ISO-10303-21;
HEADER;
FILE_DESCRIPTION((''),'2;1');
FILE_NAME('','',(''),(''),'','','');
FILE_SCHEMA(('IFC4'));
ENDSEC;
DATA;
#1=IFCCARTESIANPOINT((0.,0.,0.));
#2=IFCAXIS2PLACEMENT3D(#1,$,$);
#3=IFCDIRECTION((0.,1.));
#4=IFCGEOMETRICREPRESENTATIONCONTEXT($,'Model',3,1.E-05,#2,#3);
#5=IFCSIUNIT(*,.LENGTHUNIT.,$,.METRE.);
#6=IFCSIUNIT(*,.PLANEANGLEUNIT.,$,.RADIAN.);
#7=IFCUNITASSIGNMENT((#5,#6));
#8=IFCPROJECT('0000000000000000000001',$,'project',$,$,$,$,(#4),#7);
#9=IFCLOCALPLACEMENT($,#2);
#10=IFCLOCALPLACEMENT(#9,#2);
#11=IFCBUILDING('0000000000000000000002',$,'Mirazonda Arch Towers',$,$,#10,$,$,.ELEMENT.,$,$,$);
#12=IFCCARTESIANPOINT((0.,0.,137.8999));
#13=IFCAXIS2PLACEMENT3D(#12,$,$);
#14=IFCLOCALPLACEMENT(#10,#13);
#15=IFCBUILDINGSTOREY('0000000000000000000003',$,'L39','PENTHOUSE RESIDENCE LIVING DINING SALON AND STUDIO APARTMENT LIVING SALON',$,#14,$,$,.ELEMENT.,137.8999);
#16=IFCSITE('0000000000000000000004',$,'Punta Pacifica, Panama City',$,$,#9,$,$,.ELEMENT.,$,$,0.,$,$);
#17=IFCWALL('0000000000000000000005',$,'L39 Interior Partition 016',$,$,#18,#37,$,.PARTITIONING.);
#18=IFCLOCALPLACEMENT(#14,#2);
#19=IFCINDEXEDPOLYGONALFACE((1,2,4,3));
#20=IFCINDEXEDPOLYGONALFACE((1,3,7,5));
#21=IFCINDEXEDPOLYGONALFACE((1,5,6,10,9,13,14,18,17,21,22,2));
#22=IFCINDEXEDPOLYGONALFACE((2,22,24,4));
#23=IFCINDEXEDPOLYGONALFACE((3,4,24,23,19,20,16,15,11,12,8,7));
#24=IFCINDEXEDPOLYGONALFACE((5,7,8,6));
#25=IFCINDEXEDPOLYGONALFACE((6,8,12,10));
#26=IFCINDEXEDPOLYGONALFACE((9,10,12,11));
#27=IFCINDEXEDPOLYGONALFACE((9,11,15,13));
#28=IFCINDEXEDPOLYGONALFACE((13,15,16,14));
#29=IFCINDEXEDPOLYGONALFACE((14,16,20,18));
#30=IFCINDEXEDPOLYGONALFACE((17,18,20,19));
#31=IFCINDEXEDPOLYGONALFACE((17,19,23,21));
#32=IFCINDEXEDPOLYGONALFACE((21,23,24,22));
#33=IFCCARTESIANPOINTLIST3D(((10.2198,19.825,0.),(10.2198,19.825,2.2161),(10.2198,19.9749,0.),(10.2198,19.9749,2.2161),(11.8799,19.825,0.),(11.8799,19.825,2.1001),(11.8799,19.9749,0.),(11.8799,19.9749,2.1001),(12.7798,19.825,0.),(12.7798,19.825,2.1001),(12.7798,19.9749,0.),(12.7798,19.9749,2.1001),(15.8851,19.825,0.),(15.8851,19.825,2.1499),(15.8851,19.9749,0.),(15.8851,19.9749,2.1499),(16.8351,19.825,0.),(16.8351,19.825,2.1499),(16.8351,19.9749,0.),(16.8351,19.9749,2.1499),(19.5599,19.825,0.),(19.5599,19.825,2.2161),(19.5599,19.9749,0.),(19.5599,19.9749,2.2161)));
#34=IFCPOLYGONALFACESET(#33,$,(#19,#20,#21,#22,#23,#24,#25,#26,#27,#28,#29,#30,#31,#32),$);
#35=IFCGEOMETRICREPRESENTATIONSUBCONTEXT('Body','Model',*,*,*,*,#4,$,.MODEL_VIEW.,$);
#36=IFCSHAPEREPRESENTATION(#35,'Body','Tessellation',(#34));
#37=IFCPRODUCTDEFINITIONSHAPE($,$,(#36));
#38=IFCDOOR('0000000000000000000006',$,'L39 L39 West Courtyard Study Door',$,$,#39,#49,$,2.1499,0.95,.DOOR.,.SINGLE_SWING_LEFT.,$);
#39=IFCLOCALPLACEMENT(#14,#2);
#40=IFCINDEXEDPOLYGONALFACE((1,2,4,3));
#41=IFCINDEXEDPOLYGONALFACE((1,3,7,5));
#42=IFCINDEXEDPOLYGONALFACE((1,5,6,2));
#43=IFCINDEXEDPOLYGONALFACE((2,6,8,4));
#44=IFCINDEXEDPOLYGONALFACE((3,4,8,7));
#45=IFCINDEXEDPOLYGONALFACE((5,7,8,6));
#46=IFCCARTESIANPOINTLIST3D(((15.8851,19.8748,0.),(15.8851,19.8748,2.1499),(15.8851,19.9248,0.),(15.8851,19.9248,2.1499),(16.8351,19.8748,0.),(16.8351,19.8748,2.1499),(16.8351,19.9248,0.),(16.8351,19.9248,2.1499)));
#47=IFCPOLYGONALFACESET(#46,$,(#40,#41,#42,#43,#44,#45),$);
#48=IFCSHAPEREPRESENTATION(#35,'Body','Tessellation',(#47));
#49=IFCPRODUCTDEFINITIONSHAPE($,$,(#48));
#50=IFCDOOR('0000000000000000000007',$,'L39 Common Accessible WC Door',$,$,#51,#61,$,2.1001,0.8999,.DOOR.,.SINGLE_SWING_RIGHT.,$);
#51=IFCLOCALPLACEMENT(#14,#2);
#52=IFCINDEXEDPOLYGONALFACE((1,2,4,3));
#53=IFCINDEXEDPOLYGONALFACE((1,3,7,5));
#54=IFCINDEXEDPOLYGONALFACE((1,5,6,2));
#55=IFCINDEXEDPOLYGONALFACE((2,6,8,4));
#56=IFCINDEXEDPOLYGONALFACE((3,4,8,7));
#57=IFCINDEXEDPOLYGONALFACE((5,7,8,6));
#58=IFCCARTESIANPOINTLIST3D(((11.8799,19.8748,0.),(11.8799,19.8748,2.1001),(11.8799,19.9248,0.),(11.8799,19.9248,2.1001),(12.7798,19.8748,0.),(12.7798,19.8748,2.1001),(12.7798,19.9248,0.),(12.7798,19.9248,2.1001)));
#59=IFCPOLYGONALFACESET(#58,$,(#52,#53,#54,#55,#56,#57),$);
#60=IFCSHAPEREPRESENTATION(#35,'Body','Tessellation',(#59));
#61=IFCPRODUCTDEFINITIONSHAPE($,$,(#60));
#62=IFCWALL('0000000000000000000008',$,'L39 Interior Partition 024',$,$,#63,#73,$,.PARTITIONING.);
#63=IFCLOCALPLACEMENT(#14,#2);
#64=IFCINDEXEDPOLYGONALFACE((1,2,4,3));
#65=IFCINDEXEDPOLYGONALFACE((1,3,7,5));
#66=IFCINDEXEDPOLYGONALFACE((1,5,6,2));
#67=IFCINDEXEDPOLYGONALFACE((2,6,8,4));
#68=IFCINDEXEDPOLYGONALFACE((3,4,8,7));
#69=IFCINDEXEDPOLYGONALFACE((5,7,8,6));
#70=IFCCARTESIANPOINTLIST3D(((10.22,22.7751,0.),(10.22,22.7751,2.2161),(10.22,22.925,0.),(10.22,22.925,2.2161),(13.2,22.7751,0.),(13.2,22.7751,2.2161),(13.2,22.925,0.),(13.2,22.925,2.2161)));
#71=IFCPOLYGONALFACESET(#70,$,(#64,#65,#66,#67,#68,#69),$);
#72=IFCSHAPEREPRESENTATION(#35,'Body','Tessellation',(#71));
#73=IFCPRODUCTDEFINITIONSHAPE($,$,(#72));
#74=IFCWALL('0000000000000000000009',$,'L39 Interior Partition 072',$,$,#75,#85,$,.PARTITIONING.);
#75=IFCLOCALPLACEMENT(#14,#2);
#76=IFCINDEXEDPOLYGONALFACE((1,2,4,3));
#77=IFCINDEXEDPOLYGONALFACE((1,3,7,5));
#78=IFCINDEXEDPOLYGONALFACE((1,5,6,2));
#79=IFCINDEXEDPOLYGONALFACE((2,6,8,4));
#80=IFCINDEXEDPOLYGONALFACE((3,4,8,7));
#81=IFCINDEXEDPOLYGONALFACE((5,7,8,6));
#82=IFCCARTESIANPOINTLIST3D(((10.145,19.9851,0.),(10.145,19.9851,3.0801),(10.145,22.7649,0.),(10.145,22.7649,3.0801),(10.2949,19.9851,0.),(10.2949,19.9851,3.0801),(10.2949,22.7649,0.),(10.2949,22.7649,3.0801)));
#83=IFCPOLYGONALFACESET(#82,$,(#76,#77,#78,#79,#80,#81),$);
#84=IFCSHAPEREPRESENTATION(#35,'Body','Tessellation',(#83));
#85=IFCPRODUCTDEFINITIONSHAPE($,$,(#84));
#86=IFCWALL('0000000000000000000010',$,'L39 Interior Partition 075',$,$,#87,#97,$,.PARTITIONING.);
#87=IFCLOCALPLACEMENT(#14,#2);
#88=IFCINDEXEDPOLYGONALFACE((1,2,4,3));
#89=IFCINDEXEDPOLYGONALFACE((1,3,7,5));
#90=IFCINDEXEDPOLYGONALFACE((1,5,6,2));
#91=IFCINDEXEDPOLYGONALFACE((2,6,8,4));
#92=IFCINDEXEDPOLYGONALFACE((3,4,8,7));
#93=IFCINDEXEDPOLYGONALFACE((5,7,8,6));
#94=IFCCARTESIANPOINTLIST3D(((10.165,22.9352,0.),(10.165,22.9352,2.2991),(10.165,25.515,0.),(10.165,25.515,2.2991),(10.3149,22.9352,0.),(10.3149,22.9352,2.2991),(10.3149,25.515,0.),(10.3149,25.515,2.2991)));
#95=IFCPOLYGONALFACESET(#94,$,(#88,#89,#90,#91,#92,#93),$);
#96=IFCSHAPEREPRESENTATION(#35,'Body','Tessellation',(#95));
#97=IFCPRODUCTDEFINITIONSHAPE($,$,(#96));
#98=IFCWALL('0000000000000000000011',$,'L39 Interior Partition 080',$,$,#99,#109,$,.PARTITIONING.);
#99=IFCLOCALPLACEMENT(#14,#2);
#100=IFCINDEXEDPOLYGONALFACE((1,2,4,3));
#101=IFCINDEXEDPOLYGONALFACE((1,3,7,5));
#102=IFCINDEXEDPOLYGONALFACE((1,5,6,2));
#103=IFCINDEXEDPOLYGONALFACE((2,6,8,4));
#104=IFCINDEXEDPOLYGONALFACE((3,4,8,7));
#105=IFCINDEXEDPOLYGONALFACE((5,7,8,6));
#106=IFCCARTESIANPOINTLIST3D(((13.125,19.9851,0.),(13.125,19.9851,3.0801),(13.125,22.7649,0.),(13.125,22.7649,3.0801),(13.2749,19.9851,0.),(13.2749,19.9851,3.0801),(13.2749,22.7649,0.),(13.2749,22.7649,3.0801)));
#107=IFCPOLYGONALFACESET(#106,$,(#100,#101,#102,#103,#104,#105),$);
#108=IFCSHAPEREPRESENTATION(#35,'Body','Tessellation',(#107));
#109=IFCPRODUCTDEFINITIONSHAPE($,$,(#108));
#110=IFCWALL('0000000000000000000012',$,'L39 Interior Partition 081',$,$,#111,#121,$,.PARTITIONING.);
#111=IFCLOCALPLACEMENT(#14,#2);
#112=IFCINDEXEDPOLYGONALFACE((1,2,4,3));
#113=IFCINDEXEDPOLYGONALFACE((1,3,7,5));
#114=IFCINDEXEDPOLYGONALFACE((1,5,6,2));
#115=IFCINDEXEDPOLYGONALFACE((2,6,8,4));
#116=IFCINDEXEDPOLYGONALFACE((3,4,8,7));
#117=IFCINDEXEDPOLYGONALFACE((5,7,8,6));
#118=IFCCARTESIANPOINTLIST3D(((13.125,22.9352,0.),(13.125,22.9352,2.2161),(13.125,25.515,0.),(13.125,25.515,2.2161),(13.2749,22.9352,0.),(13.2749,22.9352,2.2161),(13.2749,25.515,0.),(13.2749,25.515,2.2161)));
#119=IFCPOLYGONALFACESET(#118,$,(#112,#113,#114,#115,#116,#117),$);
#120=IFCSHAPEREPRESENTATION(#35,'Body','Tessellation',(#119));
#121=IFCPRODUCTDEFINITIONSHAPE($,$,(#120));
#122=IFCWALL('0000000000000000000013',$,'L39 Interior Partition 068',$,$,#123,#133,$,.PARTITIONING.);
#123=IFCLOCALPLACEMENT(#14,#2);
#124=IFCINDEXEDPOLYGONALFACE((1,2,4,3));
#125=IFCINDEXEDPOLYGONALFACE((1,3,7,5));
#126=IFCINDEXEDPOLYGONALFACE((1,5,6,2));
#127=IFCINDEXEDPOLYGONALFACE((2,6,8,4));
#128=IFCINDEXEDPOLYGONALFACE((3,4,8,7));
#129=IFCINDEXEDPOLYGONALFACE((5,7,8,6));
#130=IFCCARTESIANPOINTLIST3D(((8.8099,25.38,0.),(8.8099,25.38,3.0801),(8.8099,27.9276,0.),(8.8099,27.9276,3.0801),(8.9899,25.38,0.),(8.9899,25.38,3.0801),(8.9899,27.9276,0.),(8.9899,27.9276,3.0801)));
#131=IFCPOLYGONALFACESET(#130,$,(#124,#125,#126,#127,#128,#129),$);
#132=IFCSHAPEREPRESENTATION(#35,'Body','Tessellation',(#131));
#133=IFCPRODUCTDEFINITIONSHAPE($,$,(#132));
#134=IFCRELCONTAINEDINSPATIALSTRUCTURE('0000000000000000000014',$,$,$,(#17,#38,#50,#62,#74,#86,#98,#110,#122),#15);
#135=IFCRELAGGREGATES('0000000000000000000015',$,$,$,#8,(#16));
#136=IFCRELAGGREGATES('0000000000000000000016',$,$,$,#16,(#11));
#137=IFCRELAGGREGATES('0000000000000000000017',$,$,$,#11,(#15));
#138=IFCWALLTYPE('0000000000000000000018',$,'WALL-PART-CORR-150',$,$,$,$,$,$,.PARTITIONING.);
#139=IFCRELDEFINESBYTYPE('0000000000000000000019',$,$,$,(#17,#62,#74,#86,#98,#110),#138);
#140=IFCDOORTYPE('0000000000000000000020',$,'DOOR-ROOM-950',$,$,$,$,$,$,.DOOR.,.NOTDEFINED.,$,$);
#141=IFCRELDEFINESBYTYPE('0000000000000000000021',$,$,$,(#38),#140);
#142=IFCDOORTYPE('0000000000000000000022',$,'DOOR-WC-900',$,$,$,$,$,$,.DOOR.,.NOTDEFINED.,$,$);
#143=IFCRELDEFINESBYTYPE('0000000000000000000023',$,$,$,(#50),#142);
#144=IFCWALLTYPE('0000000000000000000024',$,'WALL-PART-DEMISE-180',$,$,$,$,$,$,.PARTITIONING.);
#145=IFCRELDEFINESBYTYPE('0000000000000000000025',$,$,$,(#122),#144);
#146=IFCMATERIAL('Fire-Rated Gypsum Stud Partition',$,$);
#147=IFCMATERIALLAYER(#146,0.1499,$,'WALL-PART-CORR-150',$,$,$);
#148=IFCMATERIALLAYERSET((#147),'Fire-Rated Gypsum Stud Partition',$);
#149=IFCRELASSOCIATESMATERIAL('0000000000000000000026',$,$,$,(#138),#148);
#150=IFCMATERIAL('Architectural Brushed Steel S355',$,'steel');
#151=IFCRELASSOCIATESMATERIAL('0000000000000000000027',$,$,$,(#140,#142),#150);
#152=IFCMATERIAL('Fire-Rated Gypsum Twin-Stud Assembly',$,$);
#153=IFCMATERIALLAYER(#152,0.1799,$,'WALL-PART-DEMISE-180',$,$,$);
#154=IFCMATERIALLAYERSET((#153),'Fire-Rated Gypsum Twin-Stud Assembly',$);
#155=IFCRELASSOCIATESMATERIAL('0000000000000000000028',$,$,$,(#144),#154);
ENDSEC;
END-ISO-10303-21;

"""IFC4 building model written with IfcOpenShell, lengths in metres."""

from ifc_helpers import new_model, si_unit, direction, frame, frame_2d, origin, place, context, subcontext, project, spatial, rectangle, extrude, material, layer, layer_set, type_object, element, fill, save


model = new_model("IFC4")

# Units and contexts
model_context = context("Model", 3, precision=1e-05, world=origin(), true_north=direction((0.0, 1.0)))
body_context = subcontext(model_context, "Body", "Model", "MODEL_VIEW")
ifc_project = project(units=[si_unit("LENGTHUNIT", "METRE"), si_unit("PLANEANGLEUNIT", "RADIAN")], contexts=[model_context])

# Site, building, storey
site_placement = place(None, origin())
site = spatial("IfcSite", under=ifc_project, at=site_placement, Name="Punta Pacifica, Panama City", CompositionType="ELEMENT", RefElevation=0.0)
building_placement = place(site_placement, origin())
building = spatial("IfcBuilding", under=site, at=building_placement, Name="Mirazonda Arch Towers", CompositionType="ELEMENT")
storey_placement = place(building_placement, frame((0.0, 0.0, 137.8999)))
storey = spatial("IfcBuildingStorey", under=building, at=storey_placement, Name="L39", Description="PENTHOUSE RESIDENCE LIVING DINING SALON AND STUDIO APARTMENT LIVING SALON", CompositionType="ELEMENT", Elevation=137.8999)

# Shared definitions
ifc_material_1 = material(Name="Architectural Brushed Steel S355", Category="steel")

# Shared definitions
ifc_material_2 = material(Name="Fire-Rated Gypsum Stud Partition")
ifc_layer_1 = layer(ifc_material_2, 0.1499, Name="WALL-PART-CORR-150")
ifc_layer_set_1 = layer_set([ifc_layer_1], Name="Fire-Rated Gypsum Stud Partition")
wall_type_1 = type_object("IfcWallType", Name="WALL-PART-CORR-150", PredefinedType="PARTITIONING", material=ifc_layer_set_1)

# Wall, openings, doors
wall_1_placement = place(storey_placement, frame((10.22, 19.8999, 0.0), z_axis=(0.0, 0.0, 1.0), x_axis=(1.0, 0.0, 0.0)))
wall_1 = element("IfcWall", 1, at=wall_1_placement, inside=storey, type_object=wall_type_1, Name="L39 Interior Partition 016", PredefinedType="PARTITIONING", context=body_context, shape_type="SweptSolid", body=[
    extrude(rectangle(XDim=9.3401, YDim=0.1499, at=frame_2d((4.6699, 0.0))), origin(), (0.0, 0.0, 1.0), 2.2161),
])
opening_1_placement = place(wall_1_placement, frame((1.6599, 0.0, 0.0)))
opening_1 = element("IfcOpeningElement", 2, at=opening_1_placement, cuts=wall_1, PredefinedType="OPENING", context=body_context, shape_type="SweptSolid", body=[
    extrude(rectangle(XDim=0.8999, YDim=2.1001, at=frame_2d((0.45, 1.05))), frame((0.0, 0.085, 0.0), z_axis=(0.0, -1.0, 0.0), x_axis=(1.0, 0.0, 0.0)), (0.0, 0.0, 1.0), 0.1699),
])
opening_2_placement = place(wall_1_placement, frame((5.665, 0.0, 0.0)))
opening_2 = element("IfcOpeningElement", 3, at=opening_2_placement, cuts=wall_1, PredefinedType="OPENING", context=body_context, shape_type="SweptSolid", body=[
    extrude(rectangle(XDim=0.95, YDim=2.1499, at=frame_2d((0.4751, 1.075))), frame((0.0, 0.085, 0.0), z_axis=(0.0, -1.0, 0.0), x_axis=(1.0, 0.0, 0.0)), (0.0, 0.0, 1.0), 0.1699),
])
door_type_1 = type_object("IfcDoorType", Name="DOOR-ROOM-950", OperationType="NOTDEFINED", PredefinedType="DOOR", material=ifc_material_1)
door_1_placement = place(opening_2_placement, origin())
door_1 = element("IfcDoor", 4, at=door_1_placement, inside=storey, type_object=door_type_1, Name="L39 L39 West Courtyard Study Door", OperationType="SINGLE_SWING_LEFT", OverallHeight=2.1499, OverallWidth=0.95, PredefinedType="DOOR", context=body_context, shape_type="SweptSolid", body=[
    extrude(rectangle(XDim=0.95, YDim=2.1499, at=frame_2d((0.4751, 1.075))), frame((0.0, 0.0249, 0.0), z_axis=(0.0, -1.0, 0.0), x_axis=(1.0, 0.0, 0.0)), (0.0, 0.0, 1.0), 0.05),
])
fill(opening_2, door_1)
door_type_2 = type_object("IfcDoorType", Name="DOOR-WC-900", OperationType="NOTDEFINED", PredefinedType="DOOR", material=ifc_material_1)
door_2_placement = place(opening_1_placement, origin())
door_2 = element("IfcDoor", 5, at=door_2_placement, inside=storey, type_object=door_type_2, Name="L39 Common Accessible WC Door", OperationType="SINGLE_SWING_RIGHT", OverallHeight=2.1001, OverallWidth=0.8999, PredefinedType="DOOR", context=body_context, shape_type="SweptSolid", body=[
    extrude(rectangle(XDim=0.8999, YDim=2.1001, at=frame_2d((0.45, 1.05))), frame((0.0, 0.0249, 0.0), z_axis=(0.0, -1.0, 0.0), x_axis=(1.0, 0.0, 0.0)), (0.0, 0.0, 1.0), 0.05),
])
fill(opening_1, door_2)

# Walls
wall_2_placement = place(storey_placement, frame((10.22, 22.8501, 0.0), z_axis=(0.0, 0.0, 1.0), x_axis=(1.0, 0.0, 0.0)))
element("IfcWall", 6, at=wall_2_placement, inside=storey, type_object=wall_type_1, Name="L39 Interior Partition 024", PredefinedType="PARTITIONING", context=body_context, shape_type="SweptSolid", body=[
    extrude(rectangle(XDim=2.98, YDim=0.1499, at=frame_2d((1.49, 0.0))), origin(), (0.0, 0.0, 1.0), 2.2161),
])
wall_3_placement = place(storey_placement, frame((10.22, 19.9851, 0.0), z_axis=(0.0, 0.0, 1.0), x_axis=(0.0, 1.0, 0.0)))
element("IfcWall", 7, at=wall_3_placement, inside=storey, type_object=wall_type_1, Name="L39 Interior Partition 072", PredefinedType="PARTITIONING", context=body_context, shape_type="SweptSolid", body=[
    extrude(rectangle(XDim=2.7798, YDim=0.1499, at=frame_2d((1.3899, 0.0))), origin(), (0.0, 0.0, 1.0), 3.0801),
])
wall_4_placement = place(storey_placement, frame((10.24, 22.9351, 0.0), z_axis=(0.0, 0.0, 1.0), x_axis=(0.0, 1.0, 0.0)))
element("IfcWall", 8, at=wall_4_placement, inside=storey, type_object=wall_type_1, Name="L39 Interior Partition 075", PredefinedType="PARTITIONING", context=body_context, shape_type="SweptSolid", body=[
    extrude(rectangle(XDim=2.5798, YDim=0.1499, at=frame_2d((1.29, 0.0))), origin(), (0.0, 0.0, 1.0), 2.2991),
])
wall_5_placement = place(storey_placement, frame((13.2, 19.9851, 0.0), z_axis=(0.0, 0.0, 1.0), x_axis=(0.0, 1.0, 0.0)))
element("IfcWall", 9, at=wall_5_placement, inside=storey, type_object=wall_type_1, Name="L39 Interior Partition 080", PredefinedType="PARTITIONING", context=body_context, shape_type="SweptSolid", body=[
    extrude(rectangle(XDim=2.7798, YDim=0.1499, at=frame_2d((1.3899, 0.0))), origin(), (0.0, 0.0, 1.0), 3.0801),
])
wall_6_placement = place(storey_placement, frame((13.2, 22.9351, 0.0), z_axis=(0.0, 0.0, 1.0), x_axis=(0.0, 1.0, 0.0)))
element("IfcWall", 10, at=wall_6_placement, inside=storey, type_object=wall_type_1, Name="L39 Interior Partition 081", PredefinedType="PARTITIONING", context=body_context, shape_type="SweptSolid", body=[
    extrude(rectangle(XDim=2.5798, YDim=0.1499, at=frame_2d((1.29, 0.0))), origin(), (0.0, 0.0, 1.0), 2.2161),
])
ifc_material_3 = material(Name="Fire-Rated Gypsum Twin-Stud Assembly")
ifc_layer_2 = layer(ifc_material_3, 0.1799, Name="WALL-PART-DEMISE-180")
ifc_layer_set_2 = layer_set([ifc_layer_2], Name="Fire-Rated Gypsum Twin-Stud Assembly")
wall_type_2 = type_object("IfcWallType", Name="WALL-PART-DEMISE-180", PredefinedType="PARTITIONING", material=ifc_layer_set_2)
wall_7_placement = place(storey_placement, frame((8.8999, 25.3799, 0.0), z_axis=(0.0, 0.0, 1.0), x_axis=(0.0, 1.0, 0.0)))
element("IfcWall", 11, at=wall_7_placement, inside=storey, type_object=wall_type_2, Name="L39 Interior Partition 068", PredefinedType="PARTITIONING", context=body_context, shape_type="SweptSolid", body=[
    extrude(rectangle(XDim=2.5476, YDim=0.1799, at=frame_2d((1.2739, 0.0))), origin(), (0.0, 0.0, 1.0), 3.0801),
])

save(model, "model.ifc")
